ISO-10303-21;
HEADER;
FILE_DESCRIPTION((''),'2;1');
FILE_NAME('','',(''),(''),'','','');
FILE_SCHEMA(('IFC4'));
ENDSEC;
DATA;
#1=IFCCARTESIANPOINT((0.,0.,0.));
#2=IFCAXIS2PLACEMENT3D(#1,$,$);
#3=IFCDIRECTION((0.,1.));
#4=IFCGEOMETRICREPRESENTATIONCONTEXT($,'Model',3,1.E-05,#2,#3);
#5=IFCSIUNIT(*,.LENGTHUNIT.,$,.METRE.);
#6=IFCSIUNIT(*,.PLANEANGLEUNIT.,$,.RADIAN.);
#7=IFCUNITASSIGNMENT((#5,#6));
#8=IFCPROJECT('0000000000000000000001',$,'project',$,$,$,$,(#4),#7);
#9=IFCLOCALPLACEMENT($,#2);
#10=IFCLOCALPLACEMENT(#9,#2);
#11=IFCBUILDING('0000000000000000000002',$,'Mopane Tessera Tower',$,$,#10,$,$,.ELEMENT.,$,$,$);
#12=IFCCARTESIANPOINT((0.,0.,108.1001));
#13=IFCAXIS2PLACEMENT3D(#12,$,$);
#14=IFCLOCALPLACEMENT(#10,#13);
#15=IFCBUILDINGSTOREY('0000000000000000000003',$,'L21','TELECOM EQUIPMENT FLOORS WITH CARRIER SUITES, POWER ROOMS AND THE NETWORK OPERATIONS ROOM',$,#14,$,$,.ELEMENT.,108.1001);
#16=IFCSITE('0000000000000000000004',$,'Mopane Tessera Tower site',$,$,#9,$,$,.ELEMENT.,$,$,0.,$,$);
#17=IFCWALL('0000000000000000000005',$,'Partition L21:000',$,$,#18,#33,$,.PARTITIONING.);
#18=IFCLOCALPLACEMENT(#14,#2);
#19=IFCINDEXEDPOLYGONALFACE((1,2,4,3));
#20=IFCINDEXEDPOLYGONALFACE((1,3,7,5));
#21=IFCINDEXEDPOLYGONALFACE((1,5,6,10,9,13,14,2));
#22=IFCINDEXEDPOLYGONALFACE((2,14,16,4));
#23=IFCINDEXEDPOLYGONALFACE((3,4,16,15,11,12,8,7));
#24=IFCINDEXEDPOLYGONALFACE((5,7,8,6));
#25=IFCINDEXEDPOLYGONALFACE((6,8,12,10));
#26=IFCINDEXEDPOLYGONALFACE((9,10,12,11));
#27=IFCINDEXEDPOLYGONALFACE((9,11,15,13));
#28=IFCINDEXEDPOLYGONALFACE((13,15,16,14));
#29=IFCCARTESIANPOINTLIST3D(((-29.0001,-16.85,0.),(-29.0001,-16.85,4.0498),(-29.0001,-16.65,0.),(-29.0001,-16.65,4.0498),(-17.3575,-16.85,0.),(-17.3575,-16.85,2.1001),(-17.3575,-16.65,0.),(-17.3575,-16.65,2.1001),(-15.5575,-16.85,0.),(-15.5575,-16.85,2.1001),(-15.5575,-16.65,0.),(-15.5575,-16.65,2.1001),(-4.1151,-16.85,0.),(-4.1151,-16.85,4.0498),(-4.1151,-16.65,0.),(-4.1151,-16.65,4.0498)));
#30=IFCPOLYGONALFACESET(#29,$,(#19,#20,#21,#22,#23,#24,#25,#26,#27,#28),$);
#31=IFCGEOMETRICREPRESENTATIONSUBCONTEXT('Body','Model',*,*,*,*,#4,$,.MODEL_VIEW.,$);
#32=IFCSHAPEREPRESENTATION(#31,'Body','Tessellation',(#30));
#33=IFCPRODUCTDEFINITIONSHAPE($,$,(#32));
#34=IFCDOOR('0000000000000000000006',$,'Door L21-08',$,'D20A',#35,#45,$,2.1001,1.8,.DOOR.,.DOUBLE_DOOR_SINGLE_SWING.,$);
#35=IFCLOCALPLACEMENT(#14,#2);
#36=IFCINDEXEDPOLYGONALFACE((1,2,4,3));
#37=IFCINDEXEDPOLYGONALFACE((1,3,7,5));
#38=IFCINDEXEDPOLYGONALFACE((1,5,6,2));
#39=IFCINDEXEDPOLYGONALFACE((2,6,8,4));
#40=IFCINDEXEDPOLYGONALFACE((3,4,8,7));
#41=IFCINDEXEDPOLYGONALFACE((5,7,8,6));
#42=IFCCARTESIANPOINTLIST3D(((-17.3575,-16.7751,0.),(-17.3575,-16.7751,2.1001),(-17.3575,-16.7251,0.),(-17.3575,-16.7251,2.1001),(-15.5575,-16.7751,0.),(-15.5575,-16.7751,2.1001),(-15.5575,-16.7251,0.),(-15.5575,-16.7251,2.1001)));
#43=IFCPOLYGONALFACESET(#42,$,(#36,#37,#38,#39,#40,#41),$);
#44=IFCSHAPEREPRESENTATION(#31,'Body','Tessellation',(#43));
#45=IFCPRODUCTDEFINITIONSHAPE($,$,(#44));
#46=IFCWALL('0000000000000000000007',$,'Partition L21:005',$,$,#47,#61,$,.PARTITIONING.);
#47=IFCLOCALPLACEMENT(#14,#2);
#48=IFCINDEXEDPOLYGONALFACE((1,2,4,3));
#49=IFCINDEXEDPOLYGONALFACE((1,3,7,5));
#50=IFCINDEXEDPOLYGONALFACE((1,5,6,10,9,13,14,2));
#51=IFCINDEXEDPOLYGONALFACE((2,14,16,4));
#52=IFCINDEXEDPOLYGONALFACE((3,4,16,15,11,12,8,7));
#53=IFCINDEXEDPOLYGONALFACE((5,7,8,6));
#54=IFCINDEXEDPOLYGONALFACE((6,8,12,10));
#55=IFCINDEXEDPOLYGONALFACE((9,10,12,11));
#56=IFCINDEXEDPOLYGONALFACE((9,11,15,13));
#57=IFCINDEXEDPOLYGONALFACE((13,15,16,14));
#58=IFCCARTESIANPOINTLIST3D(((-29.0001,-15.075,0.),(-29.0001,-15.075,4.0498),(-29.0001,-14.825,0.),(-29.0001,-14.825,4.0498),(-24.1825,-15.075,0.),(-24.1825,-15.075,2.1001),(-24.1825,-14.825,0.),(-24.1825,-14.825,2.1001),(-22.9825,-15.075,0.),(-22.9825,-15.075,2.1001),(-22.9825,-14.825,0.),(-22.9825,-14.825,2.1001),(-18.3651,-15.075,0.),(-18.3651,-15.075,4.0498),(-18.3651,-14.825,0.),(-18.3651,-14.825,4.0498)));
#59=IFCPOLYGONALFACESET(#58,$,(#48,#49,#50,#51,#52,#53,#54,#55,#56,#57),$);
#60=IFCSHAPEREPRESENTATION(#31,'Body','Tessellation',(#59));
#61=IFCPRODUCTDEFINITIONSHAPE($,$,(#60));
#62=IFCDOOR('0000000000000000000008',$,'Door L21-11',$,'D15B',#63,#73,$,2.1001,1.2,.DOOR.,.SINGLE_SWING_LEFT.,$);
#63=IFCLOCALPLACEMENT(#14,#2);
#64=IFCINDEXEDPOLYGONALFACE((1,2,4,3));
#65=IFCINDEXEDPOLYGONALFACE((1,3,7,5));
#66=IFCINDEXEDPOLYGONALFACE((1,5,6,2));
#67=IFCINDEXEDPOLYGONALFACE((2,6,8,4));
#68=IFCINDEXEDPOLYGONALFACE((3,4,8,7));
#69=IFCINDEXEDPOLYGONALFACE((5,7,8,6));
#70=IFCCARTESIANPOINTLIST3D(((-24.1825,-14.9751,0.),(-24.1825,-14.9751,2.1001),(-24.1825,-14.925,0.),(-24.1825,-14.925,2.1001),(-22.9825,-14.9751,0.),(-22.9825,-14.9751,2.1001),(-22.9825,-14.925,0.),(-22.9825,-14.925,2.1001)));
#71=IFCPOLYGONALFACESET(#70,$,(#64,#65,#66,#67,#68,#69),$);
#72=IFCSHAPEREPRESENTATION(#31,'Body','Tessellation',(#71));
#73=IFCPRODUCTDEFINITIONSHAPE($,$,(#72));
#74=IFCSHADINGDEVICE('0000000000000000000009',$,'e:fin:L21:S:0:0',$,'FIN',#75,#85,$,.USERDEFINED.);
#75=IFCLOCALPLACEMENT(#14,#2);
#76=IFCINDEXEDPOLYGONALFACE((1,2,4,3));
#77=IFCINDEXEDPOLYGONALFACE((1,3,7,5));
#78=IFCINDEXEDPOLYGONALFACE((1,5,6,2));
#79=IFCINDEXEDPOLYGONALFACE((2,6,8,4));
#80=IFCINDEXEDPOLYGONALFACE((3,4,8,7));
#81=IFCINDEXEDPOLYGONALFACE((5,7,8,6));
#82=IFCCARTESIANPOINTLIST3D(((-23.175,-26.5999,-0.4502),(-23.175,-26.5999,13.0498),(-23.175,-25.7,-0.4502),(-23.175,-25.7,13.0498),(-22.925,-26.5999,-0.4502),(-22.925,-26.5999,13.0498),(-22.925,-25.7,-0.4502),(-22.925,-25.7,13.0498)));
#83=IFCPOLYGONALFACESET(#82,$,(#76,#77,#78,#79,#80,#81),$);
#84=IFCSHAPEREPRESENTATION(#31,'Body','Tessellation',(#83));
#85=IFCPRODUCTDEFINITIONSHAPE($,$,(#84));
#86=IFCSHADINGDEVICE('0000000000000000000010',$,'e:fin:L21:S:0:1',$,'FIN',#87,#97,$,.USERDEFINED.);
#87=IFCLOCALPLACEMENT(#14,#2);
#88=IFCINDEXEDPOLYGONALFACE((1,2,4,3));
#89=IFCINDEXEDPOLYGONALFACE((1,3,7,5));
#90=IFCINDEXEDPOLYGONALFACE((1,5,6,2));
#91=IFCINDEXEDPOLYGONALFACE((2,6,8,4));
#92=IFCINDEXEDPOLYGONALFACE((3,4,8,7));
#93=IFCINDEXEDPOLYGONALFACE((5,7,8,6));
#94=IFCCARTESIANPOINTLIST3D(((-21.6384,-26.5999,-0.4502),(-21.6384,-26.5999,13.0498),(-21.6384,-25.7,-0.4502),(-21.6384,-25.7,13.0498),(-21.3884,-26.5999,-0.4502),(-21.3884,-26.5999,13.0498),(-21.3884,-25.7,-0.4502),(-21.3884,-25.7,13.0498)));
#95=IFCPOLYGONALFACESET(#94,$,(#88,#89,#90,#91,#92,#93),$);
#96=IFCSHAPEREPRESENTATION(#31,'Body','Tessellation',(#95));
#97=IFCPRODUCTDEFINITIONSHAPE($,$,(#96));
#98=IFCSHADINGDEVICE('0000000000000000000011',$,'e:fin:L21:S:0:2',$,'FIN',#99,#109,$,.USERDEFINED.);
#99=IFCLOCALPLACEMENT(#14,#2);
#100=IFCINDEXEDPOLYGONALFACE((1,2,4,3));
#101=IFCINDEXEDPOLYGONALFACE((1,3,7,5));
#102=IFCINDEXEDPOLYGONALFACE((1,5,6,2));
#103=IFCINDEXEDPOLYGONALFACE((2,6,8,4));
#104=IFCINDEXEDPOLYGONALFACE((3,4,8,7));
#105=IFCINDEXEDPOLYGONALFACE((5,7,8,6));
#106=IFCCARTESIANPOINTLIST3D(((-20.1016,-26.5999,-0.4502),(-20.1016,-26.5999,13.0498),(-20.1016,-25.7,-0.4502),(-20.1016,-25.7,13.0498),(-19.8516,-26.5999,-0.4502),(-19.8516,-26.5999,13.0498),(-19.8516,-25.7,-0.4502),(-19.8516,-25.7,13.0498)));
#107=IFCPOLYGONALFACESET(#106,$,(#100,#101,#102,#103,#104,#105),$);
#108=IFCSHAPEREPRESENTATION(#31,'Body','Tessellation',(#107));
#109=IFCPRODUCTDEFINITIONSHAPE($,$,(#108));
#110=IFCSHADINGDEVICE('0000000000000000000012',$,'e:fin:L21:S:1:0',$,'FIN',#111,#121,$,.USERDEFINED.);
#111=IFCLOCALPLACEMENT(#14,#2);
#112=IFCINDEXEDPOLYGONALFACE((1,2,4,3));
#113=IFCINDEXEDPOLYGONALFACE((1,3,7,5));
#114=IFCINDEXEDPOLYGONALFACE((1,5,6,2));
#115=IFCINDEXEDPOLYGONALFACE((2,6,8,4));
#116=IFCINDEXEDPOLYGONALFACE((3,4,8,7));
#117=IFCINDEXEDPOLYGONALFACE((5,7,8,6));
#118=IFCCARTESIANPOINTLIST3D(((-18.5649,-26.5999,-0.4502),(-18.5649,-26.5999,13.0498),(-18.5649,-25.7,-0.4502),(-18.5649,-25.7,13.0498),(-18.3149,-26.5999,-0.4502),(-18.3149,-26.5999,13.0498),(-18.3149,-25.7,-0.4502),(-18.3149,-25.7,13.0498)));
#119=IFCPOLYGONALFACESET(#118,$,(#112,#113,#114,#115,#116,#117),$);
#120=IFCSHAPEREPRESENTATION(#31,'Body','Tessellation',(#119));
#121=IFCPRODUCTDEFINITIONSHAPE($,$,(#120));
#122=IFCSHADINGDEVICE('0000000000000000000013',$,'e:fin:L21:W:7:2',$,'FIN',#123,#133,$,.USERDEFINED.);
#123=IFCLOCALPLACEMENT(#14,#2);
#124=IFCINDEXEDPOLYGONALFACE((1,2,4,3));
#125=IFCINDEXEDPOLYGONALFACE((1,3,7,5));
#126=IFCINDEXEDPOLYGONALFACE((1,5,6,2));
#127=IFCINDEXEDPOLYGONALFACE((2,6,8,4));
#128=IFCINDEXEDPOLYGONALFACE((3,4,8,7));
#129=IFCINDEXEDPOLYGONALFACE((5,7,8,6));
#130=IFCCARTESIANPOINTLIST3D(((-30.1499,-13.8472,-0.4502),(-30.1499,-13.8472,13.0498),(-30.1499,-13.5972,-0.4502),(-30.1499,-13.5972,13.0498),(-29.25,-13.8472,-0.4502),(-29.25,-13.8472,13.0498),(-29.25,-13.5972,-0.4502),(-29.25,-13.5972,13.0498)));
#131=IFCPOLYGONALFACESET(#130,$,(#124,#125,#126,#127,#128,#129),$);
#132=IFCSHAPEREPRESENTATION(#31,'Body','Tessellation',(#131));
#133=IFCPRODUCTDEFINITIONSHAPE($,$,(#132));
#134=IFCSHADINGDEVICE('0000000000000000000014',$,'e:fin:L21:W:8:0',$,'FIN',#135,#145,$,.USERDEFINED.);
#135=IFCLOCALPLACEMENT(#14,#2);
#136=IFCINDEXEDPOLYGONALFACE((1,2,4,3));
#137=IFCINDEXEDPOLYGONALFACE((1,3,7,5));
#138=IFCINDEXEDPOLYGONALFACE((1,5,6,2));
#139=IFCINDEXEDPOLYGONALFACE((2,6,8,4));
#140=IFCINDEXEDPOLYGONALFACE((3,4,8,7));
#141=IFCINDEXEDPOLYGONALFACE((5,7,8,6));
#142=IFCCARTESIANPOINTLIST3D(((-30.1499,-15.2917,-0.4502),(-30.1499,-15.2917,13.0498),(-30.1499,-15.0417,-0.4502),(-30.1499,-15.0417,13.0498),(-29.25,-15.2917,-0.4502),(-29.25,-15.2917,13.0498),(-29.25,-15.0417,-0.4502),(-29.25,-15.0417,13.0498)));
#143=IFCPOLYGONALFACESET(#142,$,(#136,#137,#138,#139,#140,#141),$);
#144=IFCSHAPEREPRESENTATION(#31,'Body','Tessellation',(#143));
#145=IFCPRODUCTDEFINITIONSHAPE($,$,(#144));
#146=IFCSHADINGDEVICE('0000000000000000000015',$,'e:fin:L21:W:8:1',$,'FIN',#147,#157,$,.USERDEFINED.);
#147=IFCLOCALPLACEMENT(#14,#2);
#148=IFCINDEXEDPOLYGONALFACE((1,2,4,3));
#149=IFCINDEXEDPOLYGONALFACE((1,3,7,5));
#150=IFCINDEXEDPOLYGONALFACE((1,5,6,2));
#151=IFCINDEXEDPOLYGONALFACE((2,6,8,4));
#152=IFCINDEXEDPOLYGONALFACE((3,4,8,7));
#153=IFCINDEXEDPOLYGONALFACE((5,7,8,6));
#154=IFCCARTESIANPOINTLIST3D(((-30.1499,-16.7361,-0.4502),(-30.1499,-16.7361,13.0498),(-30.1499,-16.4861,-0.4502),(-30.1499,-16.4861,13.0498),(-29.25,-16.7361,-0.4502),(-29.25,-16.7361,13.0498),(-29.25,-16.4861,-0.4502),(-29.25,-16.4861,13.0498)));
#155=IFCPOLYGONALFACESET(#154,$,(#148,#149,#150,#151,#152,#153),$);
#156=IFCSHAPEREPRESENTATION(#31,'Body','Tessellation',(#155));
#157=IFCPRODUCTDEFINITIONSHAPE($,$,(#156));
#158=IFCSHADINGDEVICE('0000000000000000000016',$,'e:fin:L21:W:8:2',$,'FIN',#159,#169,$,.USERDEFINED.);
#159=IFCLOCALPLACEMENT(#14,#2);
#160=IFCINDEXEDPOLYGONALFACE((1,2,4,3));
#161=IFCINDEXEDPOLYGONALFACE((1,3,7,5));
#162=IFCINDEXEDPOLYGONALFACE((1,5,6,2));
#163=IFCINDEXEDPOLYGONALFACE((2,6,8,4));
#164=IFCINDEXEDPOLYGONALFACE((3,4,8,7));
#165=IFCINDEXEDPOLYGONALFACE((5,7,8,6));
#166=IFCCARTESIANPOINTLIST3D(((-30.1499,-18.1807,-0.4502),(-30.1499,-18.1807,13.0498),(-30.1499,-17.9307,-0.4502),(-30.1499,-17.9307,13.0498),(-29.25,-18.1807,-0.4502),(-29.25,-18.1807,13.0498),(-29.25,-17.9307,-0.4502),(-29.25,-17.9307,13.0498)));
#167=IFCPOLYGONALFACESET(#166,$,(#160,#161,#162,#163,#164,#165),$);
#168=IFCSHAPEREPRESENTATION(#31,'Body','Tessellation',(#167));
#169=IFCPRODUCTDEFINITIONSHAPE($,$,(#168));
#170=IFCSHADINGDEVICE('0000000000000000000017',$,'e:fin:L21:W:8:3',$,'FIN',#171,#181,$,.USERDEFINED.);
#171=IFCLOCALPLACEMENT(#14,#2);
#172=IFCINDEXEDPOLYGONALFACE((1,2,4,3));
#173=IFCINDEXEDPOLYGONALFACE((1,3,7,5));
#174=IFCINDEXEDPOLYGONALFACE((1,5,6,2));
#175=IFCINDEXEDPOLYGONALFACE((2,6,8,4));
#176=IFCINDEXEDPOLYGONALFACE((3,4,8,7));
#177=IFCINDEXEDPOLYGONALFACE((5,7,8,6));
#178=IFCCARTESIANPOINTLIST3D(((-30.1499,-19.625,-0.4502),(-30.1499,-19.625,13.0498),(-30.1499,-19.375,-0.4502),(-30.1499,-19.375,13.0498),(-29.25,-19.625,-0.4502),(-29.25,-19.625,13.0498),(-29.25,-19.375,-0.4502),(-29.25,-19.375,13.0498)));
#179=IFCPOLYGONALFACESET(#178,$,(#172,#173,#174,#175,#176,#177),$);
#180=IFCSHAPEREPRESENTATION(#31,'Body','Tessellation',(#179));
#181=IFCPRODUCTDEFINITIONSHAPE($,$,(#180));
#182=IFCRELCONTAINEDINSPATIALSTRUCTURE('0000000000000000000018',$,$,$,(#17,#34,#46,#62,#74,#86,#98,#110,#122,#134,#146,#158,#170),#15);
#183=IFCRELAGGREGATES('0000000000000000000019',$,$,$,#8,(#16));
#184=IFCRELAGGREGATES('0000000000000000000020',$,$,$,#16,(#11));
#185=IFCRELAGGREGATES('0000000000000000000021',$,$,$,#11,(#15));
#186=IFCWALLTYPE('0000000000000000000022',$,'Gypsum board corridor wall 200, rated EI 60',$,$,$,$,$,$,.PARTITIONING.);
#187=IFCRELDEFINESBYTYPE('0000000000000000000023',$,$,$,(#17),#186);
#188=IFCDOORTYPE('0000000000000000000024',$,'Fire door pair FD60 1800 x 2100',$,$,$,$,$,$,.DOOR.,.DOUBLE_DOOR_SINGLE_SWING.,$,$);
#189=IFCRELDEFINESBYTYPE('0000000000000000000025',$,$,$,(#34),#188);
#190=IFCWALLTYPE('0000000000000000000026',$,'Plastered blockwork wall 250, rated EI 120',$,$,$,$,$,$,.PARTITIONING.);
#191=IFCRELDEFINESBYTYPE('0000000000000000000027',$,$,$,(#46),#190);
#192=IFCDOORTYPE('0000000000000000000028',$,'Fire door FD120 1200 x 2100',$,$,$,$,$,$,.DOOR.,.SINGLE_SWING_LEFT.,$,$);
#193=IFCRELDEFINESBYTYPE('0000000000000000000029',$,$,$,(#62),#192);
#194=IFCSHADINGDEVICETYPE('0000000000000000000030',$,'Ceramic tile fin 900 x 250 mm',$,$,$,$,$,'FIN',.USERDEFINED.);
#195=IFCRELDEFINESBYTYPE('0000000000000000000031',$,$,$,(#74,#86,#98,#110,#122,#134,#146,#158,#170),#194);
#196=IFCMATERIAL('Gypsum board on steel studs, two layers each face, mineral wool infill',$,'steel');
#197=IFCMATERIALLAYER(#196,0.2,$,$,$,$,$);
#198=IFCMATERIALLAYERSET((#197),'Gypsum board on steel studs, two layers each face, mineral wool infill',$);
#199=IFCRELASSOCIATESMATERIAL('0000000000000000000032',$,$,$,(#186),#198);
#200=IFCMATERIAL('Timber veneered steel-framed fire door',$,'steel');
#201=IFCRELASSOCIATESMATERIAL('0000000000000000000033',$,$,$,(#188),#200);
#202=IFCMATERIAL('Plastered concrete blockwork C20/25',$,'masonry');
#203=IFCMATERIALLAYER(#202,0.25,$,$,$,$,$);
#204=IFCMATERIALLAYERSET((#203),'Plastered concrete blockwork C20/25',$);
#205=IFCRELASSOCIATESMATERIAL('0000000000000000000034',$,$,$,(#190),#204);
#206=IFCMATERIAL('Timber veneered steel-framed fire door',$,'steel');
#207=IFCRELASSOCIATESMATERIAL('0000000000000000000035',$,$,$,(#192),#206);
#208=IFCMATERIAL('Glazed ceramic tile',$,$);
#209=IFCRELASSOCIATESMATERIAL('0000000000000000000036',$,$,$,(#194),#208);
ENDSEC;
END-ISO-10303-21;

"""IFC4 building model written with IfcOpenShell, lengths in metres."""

from ifc_helpers import new_model, si_unit, direction, frame, frame_2d, origin, origin_2d, place, context, subcontext, project, spatial, rectangle, extrude, material, layer, layer_set, type_object, element, fill, save


model = new_model("IFC4")

# Units and contexts
model_context = context("Model", 3, precision=1e-05, world=origin(), true_north=direction((0.0, 1.0)))
body_context = subcontext(model_context, "Body", "Model", "MODEL_VIEW")
ifc_project = project(units=[si_unit("LENGTHUNIT", "METRE"), si_unit("PLANEANGLEUNIT", "RADIAN")], contexts=[model_context])

# Site, building, storey
site_placement = place(None, origin())
site = spatial("IfcSite", under=ifc_project, at=site_placement, Name="Mopane Tessera Tower site", CompositionType="ELEMENT", RefElevation=0.0)
building_placement = place(site_placement, origin())
building = spatial("IfcBuilding", under=site, at=building_placement, Name="Mopane Tessera Tower", CompositionType="ELEMENT")
storey_placement = place(building_placement, frame((0.0, 0.0, 108.1001)))
storey = spatial("IfcBuildingStorey", under=building, at=storey_placement, Name="L21", Description="TELECOM EQUIPMENT FLOORS WITH CARRIER SUITES, POWER ROOMS AND THE NETWORK OPERATIONS ROOM", CompositionType="ELEMENT", Elevation=108.1001)

# Walls, openings, doors
ifc_material_1 = material(Name="Gypsum board on steel studs, two layers each face, mineral wool infill", Category="steel")
ifc_layer_1 = layer(ifc_material_1, 0.2)
ifc_layer_set_1 = layer_set([ifc_layer_1], Name="Gypsum board on steel studs, two layers each face, mineral wool infill")
wall_type_1 = type_object("IfcWallType", Name="Gypsum board corridor wall 200, rated EI 60", PredefinedType="PARTITIONING", material=ifc_layer_set_1)
wall_1_placement = place(storey_placement, frame((-29.0, -16.75, 0.0), z_axis=(0.0, 0.0, 1.0), x_axis=(1.0, 0.0, 0.0)))
wall_1 = element("IfcWall", 1, at=wall_1_placement, inside=storey, type_object=wall_type_1, Name="Partition L21:000", PredefinedType="PARTITIONING", context=body_context, shape_type="SweptSolid", body=[
    extrude(rectangle(XDim=24.885, YDim=0.2, at=frame_2d((12.4424, 0.0))), origin(), (0.0, 0.0, 1.0), 4.0498),
])
opening_1_placement = place(wall_1_placement, frame((11.6426, 0.0, 0.0)))
opening_1 = element("IfcOpeningElement", 2, at=opening_1_placement, cuts=wall_1, PredefinedType="OPENING", context=body_context, shape_type="SweptSolid", body=[
    extrude(rectangle(XDim=1.8, YDim=2.1001, at=frame_2d((0.8999, 1.05))), frame((0.0, 0.1121, 0.0), z_axis=(0.0, -1.0, 0.0), x_axis=(1.0, 0.0, 0.0)), (0.0, 0.0, 1.0), 0.2239),
])
ifc_material_2 = material(Name="Timber veneered steel-framed fire door", Category="steel")
door_type_1 = type_object("IfcDoorType", Name="Fire door pair FD60 1800 x 2100", OperationType="DOUBLE_DOOR_SINGLE_SWING", PredefinedType="DOOR", material=ifc_material_2)
door_1_placement = place(opening_1_placement, origin())
door_1 = element("IfcDoor", 3, at=door_1_placement, inside=storey, type_object=door_type_1, Name="Door L21-08", ObjectType="D20A", OperationType="DOUBLE_DOOR_SINGLE_SWING", OverallHeight=2.1001, OverallWidth=1.8, PredefinedType="DOOR", context=body_context, shape_type="SweptSolid", body=[
    extrude(rectangle(XDim=1.8, YDim=2.1001, at=frame_2d((0.8999, 1.05))), frame((0.0, 0.0249, 0.0), z_axis=(0.0, -1.0, 0.0), x_axis=(1.0, 0.0, 0.0)), (0.0, 0.0, 1.0), 0.05),
])
fill(opening_1, door_1)
ifc_material_3 = material(Name="Plastered concrete blockwork C20/25", Category="masonry")
ifc_layer_2 = layer(ifc_material_3, 0.25)
ifc_layer_set_2 = layer_set([ifc_layer_2], Name="Plastered concrete blockwork C20/25")
wall_type_2 = type_object("IfcWallType", Name="Plastered blockwork wall 250, rated EI 120", PredefinedType="PARTITIONING", material=ifc_layer_set_2)
wall_2_placement = place(storey_placement, frame((-29.0, -14.95, 0.0), z_axis=(0.0, 0.0, 1.0), x_axis=(1.0, 0.0, 0.0)))
wall_2 = element("IfcWall", 4, at=wall_2_placement, inside=storey, type_object=wall_type_2, Name="Partition L21:005", PredefinedType="PARTITIONING", context=body_context, shape_type="SweptSolid", body=[
    extrude(rectangle(XDim=10.635, YDim=0.25, at=frame_2d((5.3174, 0.0))), origin(), (0.0, 0.0, 1.0), 4.0498),
])
opening_2_placement = place(wall_2_placement, frame((4.8174, 0.0, 0.0)))
opening_2 = element("IfcOpeningElement", 5, at=opening_2_placement, cuts=wall_2, PredefinedType="OPENING", context=body_context, shape_type="SweptSolid", body=[
    extrude(rectangle(XDim=1.2, YDim=2.1001, at=frame_2d((0.6001, 1.05))), frame((0.0, 0.137, 0.0), z_axis=(0.0, -1.0, 0.0), x_axis=(1.0, 0.0, 0.0)), (0.0, 0.0, 1.0), 0.2739),
])
ifc_material_4 = material(Name="Timber veneered steel-framed fire door", Category="steel")
door_type_2 = type_object("IfcDoorType", Name="Fire door FD120 1200 x 2100", OperationType="SINGLE_SWING_LEFT", PredefinedType="DOOR", material=ifc_material_4)
door_2_placement = place(opening_2_placement, origin())
door_2 = element("IfcDoor", 6, at=door_2_placement, inside=storey, type_object=door_type_2, Name="Door L21-11", ObjectType="D15B", OperationType="SINGLE_SWING_LEFT", OverallHeight=2.1001, OverallWidth=1.2, PredefinedType="DOOR", context=body_context, shape_type="SweptSolid", body=[
    extrude(rectangle(XDim=1.2, YDim=2.1001, at=frame_2d((0.6001, 1.05))), frame((0.0, 0.0249, 0.0), z_axis=(0.0, -1.0, 0.0), x_axis=(1.0, 0.0, 0.0)), (0.0, 0.0, 1.0), 0.05),
])
fill(opening_2, door_2)

# Shading devices
ifc_material_5 = material(Name="Glazed ceramic tile")
shading_device_type = type_object("IfcShadingDeviceType", Name="Ceramic tile fin 900 x 250 mm", ElementType="FIN", PredefinedType="USERDEFINED", material=ifc_material_5)
for number, where, z_axis, x_axis, name in (
    (7, (-23.05, -26.1499, -0.4502), (0.0, 0.0, 1.0), (1.0, 0.0, 0.0), "e:fin:L21:S:0:0"),
    (8, (-21.5134, -26.1499, -0.4502), (0.0, 0.0, 1.0), (1.0, 0.0, 0.0), "e:fin:L21:S:0:1"),
    (9, (-19.9766, -26.1499, -0.4502), (0.0, 0.0, 1.0), (1.0, 0.0, 0.0), "e:fin:L21:S:0:2"),
    (10, (-18.4399, -26.1499, -0.4502), (0.0, 0.0, 1.0), (1.0, 0.0, 0.0), "e:fin:L21:S:1:0"),
    (11, (-29.7, -13.7222, -0.4502), (0.0, 0.0, 1.0), (0.0, -1.0, 0.0), "e:fin:L21:W:7:2"),
    (12, (-29.7, -15.1667, -0.4502), (0.0, 0.0, 1.0), (0.0, -1.0, 0.0), "e:fin:L21:W:8:0"),
    (13, (-29.7, -16.6111, -0.4502), (0.0, 0.0, 1.0), (0.0, -1.0, 0.0), "e:fin:L21:W:8:1"),
    (14, (-29.7, -18.0557, -0.4502), (0.0, 0.0, 1.0), (0.0, -1.0, 0.0), "e:fin:L21:W:8:2"),
    (15, (-29.7, -19.5, -0.4502), (0.0, 0.0, 1.0), (0.0, -1.0, 0.0), "e:fin:L21:W:8:3"),
):
    element("IfcShadingDevice", number, at=place(storey_placement, frame(where, z_axis=z_axis, x_axis=x_axis)), inside=storey, type_object=shading_device_type, Name=name, ObjectType="FIN", PredefinedType="USERDEFINED", context=body_context, shape_type="SweptSolid", body=[
        extrude(rectangle(XDim=0.25, YDim=0.8999, at=origin_2d()), origin(), (0.0, 0.0, 1.0), 13.5),
    ])

save(model, "model.ifc")
